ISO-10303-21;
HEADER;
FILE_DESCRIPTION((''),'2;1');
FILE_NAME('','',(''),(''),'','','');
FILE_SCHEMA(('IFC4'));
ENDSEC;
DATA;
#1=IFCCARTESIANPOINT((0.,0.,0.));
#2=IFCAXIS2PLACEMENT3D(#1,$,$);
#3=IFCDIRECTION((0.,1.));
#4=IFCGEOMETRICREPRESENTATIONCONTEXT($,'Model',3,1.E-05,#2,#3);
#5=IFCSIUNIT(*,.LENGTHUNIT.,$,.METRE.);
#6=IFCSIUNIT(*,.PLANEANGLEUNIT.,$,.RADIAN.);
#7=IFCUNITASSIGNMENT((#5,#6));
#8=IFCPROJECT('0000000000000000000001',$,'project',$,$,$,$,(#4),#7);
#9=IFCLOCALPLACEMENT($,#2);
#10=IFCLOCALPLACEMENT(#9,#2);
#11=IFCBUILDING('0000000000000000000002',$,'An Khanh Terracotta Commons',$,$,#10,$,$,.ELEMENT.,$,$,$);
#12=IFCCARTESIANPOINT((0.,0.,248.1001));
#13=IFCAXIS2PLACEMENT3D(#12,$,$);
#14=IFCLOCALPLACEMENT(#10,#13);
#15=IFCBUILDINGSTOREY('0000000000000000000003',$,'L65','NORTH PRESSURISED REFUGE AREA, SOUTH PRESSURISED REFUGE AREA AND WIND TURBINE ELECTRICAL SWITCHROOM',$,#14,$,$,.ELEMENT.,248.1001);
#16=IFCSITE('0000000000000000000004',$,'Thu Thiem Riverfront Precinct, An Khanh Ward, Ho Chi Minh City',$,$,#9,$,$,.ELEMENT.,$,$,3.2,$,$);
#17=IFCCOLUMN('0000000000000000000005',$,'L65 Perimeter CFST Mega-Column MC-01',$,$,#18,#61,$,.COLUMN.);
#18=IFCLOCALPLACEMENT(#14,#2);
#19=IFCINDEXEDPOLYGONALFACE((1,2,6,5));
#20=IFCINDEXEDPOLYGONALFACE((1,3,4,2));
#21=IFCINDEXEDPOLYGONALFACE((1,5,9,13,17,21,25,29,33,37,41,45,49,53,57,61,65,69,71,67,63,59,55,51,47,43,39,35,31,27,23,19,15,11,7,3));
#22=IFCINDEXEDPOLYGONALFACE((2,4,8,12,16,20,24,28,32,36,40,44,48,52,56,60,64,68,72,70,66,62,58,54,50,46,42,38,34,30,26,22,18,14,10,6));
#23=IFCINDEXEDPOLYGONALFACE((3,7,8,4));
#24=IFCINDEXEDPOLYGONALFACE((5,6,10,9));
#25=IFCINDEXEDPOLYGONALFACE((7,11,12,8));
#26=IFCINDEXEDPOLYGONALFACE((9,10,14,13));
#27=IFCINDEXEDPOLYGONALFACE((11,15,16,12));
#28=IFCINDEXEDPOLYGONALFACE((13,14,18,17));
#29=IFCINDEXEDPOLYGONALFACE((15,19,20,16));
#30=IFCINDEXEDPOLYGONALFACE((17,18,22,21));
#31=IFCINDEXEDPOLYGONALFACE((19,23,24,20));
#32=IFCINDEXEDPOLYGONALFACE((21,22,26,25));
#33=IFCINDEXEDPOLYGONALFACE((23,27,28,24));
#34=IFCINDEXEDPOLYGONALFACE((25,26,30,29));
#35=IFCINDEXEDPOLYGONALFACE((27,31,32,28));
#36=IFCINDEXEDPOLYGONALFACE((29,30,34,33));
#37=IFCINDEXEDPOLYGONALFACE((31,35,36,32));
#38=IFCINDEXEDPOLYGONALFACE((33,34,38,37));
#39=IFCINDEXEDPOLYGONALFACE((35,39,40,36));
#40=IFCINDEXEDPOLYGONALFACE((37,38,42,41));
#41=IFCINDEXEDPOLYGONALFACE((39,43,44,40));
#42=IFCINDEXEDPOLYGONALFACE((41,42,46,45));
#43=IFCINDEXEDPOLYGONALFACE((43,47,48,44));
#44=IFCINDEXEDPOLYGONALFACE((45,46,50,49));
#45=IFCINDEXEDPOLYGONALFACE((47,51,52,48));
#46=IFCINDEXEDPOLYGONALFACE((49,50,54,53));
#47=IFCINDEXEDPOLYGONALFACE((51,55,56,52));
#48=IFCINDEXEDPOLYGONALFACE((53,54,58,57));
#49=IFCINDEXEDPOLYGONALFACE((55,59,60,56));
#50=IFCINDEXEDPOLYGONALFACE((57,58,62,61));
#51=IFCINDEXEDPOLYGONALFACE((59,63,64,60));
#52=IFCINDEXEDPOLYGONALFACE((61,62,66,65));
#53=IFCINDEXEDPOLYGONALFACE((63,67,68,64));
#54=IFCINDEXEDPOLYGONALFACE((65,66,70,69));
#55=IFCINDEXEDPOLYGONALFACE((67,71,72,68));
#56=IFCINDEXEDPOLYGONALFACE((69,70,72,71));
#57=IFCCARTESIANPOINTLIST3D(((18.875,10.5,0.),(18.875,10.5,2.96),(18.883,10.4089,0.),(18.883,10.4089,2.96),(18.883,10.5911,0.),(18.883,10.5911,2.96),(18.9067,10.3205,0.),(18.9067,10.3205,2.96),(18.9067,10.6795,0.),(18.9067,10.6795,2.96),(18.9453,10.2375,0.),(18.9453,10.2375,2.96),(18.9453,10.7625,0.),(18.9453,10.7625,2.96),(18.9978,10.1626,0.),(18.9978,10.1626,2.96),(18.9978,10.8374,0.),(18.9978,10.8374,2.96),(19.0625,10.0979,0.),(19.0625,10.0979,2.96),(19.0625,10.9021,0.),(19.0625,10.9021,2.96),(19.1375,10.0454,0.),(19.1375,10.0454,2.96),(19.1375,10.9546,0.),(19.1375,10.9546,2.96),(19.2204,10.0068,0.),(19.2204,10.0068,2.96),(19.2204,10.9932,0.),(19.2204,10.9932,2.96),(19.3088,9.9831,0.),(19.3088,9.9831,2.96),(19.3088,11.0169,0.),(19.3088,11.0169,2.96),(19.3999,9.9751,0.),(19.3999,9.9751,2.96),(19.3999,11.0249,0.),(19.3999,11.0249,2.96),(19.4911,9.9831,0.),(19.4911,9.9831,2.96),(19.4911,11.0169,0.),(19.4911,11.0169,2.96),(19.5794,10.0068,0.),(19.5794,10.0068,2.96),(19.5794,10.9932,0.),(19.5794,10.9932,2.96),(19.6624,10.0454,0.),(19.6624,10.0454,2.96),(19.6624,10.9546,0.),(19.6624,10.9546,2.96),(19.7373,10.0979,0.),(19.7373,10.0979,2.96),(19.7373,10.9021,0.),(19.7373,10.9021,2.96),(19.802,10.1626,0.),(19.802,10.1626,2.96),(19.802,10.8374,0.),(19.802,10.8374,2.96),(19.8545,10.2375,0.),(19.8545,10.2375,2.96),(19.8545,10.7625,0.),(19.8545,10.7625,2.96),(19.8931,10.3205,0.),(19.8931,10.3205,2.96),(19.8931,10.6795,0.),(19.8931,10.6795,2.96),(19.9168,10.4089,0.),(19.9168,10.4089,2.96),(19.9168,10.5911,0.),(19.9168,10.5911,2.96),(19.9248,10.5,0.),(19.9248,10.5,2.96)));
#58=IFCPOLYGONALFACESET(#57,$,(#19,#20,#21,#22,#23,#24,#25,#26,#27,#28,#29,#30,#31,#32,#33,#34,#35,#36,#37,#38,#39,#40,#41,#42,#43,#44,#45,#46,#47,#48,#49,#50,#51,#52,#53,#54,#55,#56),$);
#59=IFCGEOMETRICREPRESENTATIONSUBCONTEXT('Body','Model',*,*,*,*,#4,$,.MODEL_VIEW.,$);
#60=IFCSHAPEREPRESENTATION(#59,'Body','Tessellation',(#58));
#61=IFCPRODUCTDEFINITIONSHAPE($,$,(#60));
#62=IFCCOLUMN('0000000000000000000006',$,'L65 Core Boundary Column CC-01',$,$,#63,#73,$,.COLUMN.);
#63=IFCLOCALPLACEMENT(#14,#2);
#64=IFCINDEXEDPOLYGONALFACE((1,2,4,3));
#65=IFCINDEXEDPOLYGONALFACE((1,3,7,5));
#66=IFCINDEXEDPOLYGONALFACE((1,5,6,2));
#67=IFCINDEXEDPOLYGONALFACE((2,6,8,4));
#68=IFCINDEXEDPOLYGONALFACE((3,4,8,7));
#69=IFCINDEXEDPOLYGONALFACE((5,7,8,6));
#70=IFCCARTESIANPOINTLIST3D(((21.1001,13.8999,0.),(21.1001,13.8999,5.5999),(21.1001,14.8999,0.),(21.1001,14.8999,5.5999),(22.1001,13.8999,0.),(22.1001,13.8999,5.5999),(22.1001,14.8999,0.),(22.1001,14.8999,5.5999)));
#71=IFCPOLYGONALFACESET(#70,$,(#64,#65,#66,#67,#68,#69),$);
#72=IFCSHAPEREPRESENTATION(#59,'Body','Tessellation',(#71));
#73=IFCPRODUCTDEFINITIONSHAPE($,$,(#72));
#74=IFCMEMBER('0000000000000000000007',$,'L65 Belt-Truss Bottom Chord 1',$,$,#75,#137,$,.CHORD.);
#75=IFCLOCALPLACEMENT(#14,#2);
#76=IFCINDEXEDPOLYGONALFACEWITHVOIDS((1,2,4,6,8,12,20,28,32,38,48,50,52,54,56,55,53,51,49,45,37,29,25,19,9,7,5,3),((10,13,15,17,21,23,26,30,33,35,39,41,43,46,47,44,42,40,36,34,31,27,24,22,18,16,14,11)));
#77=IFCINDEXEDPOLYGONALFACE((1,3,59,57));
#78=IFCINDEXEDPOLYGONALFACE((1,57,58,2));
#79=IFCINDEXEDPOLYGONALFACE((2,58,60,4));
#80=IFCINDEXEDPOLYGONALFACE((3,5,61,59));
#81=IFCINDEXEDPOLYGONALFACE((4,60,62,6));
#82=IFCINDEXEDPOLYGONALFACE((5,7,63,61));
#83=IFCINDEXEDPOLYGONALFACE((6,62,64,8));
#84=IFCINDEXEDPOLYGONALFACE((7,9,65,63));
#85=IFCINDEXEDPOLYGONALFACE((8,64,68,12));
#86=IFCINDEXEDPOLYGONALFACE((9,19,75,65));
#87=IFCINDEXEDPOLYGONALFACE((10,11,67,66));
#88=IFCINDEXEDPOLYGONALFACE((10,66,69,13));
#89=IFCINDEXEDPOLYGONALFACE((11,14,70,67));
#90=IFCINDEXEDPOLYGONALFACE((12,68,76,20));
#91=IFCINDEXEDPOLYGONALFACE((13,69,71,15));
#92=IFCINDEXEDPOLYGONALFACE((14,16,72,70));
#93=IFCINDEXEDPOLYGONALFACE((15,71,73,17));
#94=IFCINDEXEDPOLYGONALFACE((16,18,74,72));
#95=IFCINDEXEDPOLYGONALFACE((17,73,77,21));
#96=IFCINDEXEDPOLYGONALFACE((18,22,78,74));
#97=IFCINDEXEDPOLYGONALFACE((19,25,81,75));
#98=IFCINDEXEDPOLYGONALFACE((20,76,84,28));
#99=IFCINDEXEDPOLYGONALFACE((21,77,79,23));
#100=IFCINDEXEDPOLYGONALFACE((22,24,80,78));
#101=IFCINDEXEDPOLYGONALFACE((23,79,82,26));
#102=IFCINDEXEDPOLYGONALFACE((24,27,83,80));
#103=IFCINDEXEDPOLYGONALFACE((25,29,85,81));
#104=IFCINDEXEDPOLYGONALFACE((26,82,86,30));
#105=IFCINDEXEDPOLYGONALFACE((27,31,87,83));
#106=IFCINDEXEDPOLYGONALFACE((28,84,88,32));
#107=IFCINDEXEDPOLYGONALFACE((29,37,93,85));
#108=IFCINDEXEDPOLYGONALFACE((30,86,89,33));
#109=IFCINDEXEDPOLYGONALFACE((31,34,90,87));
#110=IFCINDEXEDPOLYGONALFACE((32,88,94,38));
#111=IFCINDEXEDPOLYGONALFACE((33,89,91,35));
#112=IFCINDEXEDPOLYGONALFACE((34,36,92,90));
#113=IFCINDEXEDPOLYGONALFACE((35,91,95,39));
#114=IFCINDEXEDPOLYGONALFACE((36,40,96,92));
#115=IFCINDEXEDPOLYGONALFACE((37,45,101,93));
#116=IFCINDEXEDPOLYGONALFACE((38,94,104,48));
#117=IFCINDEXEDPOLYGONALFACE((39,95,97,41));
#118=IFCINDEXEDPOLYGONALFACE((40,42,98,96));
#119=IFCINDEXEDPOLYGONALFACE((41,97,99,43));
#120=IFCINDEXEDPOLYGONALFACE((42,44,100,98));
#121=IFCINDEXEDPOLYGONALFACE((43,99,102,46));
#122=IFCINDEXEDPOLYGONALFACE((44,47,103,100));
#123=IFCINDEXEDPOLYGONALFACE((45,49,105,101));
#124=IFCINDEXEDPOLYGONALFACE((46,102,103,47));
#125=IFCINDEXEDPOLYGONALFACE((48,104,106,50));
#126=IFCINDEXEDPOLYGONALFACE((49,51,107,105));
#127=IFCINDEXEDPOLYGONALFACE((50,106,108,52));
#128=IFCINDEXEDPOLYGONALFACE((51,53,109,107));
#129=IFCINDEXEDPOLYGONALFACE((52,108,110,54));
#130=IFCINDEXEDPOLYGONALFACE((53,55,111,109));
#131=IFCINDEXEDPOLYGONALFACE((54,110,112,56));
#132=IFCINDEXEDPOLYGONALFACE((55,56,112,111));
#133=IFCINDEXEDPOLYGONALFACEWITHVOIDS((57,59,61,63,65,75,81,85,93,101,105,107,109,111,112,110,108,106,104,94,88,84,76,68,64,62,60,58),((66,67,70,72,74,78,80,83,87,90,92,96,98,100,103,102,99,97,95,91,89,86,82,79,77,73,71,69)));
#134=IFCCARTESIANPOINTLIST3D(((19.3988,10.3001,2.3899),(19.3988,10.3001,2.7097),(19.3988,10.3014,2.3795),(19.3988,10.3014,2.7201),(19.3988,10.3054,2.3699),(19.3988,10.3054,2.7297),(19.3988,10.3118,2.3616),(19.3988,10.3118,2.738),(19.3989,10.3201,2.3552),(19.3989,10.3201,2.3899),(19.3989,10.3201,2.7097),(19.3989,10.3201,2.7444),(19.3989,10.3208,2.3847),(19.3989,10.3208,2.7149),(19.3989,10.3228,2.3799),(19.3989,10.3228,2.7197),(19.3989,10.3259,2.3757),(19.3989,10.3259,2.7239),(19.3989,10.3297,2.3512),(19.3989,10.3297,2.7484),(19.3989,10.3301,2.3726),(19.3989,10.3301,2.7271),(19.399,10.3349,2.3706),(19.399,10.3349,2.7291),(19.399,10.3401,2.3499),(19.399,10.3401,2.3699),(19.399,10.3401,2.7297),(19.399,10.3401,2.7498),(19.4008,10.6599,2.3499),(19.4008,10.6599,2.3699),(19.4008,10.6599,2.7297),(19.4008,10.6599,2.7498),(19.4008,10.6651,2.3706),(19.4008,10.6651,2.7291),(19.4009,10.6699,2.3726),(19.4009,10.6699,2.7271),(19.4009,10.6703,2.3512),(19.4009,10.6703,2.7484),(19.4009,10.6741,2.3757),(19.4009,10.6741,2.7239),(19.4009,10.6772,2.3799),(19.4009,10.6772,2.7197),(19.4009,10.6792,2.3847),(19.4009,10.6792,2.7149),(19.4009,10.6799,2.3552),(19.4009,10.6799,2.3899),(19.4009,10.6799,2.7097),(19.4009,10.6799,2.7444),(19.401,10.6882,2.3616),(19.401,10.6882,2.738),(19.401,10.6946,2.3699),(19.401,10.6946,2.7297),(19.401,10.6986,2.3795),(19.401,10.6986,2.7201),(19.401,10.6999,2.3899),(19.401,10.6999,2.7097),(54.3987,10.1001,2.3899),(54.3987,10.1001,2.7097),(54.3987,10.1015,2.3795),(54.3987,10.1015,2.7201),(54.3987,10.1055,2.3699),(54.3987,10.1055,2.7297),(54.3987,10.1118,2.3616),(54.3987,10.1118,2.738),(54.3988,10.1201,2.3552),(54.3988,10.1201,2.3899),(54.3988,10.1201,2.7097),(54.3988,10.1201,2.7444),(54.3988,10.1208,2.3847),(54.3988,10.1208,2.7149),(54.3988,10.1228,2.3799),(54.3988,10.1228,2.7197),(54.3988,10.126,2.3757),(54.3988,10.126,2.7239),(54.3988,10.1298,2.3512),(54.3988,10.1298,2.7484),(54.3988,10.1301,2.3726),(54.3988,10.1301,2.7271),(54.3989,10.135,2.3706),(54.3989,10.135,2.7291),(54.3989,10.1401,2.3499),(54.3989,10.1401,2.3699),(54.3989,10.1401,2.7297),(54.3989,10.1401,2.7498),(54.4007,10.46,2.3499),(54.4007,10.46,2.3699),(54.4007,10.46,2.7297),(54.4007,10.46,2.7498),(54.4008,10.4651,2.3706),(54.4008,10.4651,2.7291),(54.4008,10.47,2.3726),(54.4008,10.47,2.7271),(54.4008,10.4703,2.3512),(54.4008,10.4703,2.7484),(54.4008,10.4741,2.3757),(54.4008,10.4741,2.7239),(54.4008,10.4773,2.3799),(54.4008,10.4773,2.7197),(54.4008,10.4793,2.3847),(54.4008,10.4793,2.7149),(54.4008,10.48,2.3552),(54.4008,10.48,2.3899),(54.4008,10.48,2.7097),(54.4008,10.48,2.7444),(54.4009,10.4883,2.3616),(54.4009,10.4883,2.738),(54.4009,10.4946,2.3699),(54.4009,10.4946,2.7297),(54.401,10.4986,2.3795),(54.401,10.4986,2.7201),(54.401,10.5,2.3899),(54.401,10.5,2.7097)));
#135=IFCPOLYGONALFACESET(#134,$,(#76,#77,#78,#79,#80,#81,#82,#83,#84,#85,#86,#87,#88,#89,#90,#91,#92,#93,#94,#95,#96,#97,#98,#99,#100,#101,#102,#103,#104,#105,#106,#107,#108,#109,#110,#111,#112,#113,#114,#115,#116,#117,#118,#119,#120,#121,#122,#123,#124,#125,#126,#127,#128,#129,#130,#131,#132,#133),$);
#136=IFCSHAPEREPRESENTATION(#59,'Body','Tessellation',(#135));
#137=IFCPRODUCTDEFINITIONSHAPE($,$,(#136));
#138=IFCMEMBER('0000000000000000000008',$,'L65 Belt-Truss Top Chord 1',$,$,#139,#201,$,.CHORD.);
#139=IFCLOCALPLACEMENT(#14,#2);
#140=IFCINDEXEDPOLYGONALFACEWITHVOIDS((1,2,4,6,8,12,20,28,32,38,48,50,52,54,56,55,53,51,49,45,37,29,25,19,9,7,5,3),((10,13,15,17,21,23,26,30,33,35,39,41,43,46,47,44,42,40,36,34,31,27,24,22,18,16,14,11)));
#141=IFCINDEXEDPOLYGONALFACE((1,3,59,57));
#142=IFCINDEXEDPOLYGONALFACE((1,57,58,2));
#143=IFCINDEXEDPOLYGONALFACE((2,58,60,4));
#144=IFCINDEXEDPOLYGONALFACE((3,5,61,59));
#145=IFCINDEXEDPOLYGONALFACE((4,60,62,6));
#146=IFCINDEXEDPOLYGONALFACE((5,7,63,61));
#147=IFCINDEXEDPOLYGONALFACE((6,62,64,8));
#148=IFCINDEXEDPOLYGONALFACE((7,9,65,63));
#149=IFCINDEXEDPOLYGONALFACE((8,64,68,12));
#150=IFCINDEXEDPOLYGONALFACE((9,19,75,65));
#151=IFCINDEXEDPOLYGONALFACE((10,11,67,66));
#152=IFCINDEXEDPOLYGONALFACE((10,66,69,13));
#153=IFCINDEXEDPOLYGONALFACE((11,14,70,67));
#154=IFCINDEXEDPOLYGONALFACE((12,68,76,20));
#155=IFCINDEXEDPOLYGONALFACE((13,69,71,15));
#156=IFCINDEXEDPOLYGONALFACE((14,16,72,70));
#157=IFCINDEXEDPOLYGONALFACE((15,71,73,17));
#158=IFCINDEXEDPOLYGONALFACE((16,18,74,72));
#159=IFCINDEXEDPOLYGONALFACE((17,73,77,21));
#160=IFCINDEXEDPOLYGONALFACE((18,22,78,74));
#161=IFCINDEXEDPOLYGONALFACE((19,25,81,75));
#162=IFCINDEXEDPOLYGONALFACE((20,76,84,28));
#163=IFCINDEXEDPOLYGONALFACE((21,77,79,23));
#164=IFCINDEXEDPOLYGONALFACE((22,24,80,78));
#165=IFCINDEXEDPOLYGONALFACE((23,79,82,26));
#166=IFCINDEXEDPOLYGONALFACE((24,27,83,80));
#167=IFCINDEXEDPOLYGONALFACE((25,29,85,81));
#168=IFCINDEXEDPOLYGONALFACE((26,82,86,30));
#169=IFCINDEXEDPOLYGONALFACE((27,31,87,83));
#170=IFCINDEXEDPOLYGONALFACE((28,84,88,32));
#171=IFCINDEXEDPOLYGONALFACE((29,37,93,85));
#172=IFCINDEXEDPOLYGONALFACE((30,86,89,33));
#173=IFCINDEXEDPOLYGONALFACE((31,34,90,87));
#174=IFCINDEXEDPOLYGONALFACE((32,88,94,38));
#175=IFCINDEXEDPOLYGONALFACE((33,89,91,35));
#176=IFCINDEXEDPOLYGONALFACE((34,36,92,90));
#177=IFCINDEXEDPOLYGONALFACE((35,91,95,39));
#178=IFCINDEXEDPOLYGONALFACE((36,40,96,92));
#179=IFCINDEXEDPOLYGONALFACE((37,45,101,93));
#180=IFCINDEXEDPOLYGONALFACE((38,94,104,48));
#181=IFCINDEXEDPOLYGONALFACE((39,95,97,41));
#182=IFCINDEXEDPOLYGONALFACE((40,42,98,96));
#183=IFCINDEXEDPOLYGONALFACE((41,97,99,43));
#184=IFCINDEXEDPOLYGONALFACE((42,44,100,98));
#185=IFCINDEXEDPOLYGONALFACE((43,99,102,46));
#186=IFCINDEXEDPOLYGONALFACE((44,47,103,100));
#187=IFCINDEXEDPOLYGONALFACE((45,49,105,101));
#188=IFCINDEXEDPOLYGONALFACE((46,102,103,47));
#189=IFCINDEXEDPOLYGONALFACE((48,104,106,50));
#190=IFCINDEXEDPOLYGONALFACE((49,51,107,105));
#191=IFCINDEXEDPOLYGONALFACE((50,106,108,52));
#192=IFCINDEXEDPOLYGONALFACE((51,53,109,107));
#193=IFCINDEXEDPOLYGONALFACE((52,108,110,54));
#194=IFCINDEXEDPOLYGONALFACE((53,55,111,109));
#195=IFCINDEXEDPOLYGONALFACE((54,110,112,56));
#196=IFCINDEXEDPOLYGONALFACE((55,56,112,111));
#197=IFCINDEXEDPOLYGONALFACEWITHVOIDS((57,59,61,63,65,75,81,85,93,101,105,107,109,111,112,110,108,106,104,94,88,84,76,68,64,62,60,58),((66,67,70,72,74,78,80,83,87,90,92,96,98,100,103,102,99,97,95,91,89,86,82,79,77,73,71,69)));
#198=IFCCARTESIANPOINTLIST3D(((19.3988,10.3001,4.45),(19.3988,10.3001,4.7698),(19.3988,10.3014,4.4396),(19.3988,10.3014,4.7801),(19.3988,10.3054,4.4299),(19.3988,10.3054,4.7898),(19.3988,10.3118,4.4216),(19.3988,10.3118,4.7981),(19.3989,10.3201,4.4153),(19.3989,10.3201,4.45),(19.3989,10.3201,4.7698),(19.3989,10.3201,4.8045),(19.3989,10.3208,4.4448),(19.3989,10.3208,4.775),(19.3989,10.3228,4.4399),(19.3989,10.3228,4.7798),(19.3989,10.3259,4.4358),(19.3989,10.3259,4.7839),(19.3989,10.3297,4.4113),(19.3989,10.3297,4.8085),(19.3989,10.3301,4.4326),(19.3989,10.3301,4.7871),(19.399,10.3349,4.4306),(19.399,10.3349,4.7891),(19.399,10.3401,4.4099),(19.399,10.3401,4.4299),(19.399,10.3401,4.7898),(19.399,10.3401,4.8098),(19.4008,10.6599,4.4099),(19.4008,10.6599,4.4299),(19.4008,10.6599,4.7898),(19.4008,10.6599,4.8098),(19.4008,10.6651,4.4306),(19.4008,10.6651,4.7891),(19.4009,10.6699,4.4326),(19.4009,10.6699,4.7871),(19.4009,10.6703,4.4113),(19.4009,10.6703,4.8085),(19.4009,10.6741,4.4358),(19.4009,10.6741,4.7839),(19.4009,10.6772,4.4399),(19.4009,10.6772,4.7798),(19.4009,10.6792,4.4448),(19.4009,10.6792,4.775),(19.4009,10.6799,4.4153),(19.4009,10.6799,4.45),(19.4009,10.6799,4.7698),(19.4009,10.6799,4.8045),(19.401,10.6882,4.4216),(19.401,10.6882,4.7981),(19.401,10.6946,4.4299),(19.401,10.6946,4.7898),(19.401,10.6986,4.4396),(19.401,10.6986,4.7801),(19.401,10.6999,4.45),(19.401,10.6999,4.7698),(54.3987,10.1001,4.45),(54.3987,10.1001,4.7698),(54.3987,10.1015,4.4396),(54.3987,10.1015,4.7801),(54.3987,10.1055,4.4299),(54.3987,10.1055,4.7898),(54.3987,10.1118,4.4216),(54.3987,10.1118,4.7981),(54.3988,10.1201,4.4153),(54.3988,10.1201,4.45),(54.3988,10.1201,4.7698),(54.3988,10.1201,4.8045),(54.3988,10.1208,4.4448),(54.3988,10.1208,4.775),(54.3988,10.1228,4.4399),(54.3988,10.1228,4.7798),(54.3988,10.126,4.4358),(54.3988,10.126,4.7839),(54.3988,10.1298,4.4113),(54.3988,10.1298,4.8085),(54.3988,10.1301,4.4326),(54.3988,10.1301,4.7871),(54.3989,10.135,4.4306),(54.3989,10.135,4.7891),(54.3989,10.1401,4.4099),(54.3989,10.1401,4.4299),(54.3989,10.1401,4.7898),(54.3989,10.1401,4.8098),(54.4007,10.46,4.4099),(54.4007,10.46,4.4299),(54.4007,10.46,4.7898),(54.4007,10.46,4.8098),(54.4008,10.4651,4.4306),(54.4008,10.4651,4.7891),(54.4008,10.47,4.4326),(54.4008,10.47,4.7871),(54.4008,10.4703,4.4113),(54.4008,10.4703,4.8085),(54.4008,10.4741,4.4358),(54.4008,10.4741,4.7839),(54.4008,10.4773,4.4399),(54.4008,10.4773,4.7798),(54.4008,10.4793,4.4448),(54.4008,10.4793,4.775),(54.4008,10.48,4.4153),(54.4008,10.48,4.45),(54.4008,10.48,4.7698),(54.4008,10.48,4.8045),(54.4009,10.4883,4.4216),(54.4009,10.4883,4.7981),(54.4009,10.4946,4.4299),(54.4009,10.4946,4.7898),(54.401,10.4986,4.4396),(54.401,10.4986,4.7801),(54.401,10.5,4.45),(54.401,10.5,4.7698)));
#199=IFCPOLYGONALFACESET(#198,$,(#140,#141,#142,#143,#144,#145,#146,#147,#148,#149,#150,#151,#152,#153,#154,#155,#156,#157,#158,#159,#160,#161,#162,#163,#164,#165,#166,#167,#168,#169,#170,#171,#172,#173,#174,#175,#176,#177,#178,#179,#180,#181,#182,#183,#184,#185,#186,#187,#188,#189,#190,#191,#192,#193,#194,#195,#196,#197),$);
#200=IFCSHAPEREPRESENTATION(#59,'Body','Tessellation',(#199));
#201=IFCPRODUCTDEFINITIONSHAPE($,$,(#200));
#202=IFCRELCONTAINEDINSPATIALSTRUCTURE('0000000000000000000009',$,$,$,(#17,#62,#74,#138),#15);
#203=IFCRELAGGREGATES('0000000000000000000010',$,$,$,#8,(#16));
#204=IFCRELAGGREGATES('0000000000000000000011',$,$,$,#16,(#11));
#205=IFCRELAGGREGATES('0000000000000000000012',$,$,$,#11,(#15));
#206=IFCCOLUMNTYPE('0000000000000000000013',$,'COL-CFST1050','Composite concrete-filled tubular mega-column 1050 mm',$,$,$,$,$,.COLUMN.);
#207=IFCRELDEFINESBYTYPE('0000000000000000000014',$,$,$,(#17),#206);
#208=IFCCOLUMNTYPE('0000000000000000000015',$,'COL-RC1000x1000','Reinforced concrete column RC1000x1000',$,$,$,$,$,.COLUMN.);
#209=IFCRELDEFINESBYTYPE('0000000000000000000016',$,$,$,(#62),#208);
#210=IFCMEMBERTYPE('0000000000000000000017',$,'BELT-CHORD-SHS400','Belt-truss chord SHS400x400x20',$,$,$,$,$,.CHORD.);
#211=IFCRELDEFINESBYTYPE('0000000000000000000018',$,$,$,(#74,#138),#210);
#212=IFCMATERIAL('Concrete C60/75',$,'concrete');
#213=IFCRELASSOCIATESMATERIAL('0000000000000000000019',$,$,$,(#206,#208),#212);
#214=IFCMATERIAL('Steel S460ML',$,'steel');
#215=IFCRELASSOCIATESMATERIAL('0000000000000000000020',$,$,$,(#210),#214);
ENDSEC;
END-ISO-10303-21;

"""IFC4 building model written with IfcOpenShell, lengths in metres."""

from ifc_helpers import new_model, si_unit, direction, frame, origin, origin_2d, place, context, subcontext, project, spatial, rectangle, hollow_rectangle, circle, extrude, material, material_profile, profile_set, type_object, element, save


model = new_model("IFC4")

# Units and contexts
model_context = context("Model", 3, precision=1e-05, world=origin(), true_north=direction((0.0, 1.0)))
body_context = subcontext(model_context, "Body", "Model", "MODEL_VIEW")
ifc_project = project(units=[si_unit("LENGTHUNIT", "METRE"), si_unit("PLANEANGLEUNIT", "RADIAN")], contexts=[model_context])

# Site, building, storey
site_placement = place(None, origin())
site = spatial("IfcSite", under=ifc_project, at=site_placement, Name="Thu Thiem Riverfront Precinct, An Khanh Ward, Ho Chi Minh City", CompositionType="ELEMENT", RefElevation=3.2)
building_placement = place(site_placement, origin())
building = spatial("IfcBuilding", under=site, at=building_placement, Name="An Khanh Terracotta Commons", CompositionType="ELEMENT")
storey_placement = place(building_placement, frame((0.0, 0.0, 248.1001)))
storey = spatial("IfcBuildingStorey", under=building, at=storey_placement, Name="L65", Description="NORTH PRESSURISED REFUGE AREA, SOUTH PRESSURISED REFUGE AREA AND WIND TURBINE ELECTRICAL SWITCHROOM", CompositionType="ELEMENT", Elevation=248.1001)

# Columns
ifc_material_1 = material(Name="Concrete C60/75", Category="concrete")
ifc_material_profile_1 = material_profile(ifc_material_1, circle(Radius=0.5249, at=origin_2d()), Name="CFST1050")
ifc_profile_set_1 = profile_set([ifc_material_profile_1], Name="Concrete C60/75")
column_type_1 = type_object("IfcColumnType", Name="COL-CFST1050", Description="Composite concrete-filled tubular mega-column 1050 mm", PredefinedType="COLUMN", material=ifc_profile_set_1)
column_1_placement = place(storey_placement, frame((19.3999, 10.5, 0.0), z_axis=(0.0, 0.0, 1.0), x_axis=(1.0, 0.0, 0.0)))
element("IfcColumn", 1, at=column_1_placement, inside=storey, type_object=column_type_1, Name="L65 Perimeter CFST Mega-Column MC-01", PredefinedType="COLUMN", context=body_context, shape_type="SweptSolid", body=[
    extrude(circle(Radius=0.5249, at=origin_2d()), origin(), (0.0, 0.0, 1.0), 2.96),
])
ifc_material_profile_2 = material_profile(ifc_material_1, rectangle(XDim=1.0, YDim=1.0, at=origin_2d()), Name="RC1000x1000")
ifc_profile_set_2 = profile_set([ifc_material_profile_2], Name="Concrete C60/75")
column_type_2 = type_object("IfcColumnType", Name="COL-RC1000x1000", Description="Reinforced concrete column RC1000x1000", PredefinedType="COLUMN", material=ifc_profile_set_2)
column_2_placement = place(storey_placement, frame((21.6001, 14.3999, 0.0), z_axis=(0.0, 0.0, 1.0), x_axis=(1.0, 0.0, 0.0)))
element("IfcColumn", 2, at=column_2_placement, inside=storey, type_object=column_type_2, Name="L65 Core Boundary Column CC-01", PredefinedType="COLUMN", context=body_context, shape_type="SweptSolid", body=[
    extrude(rectangle(XDim=1.0, YDim=1.0, at=origin_2d()), origin(), (0.0, 0.0, 1.0), 5.5999),
])

# Members
ifc_material_2 = material(Name="Steel S460ML", Category="steel")
ifc_material_profile_3 = material_profile(ifc_material_2, hollow_rectangle(XDim=0.3999, YDim=0.3999, WallThickness=0.02, InnerFilletRadius=0.02, OuterFilletRadius=0.04, at=origin_2d()), Name="SHS400x400x20")
ifc_profile_set_3 = profile_set([ifc_material_profile_3], Name="Steel S460ML")
member_type_1 = type_object("IfcMemberType", Name="BELT-CHORD-SHS400", Description="Belt-truss chord SHS400x400x20", PredefinedType="CHORD", material=ifc_profile_set_3)
for number, where, z_axis, x_axis, name in (
    (3, (19.3999, 10.5, 2.5498), (0.999984, -0.005713, 0.0), (0.005713, 0.999984, 0.0), "L65 Belt-Truss Bottom Chord 1"),
    (4, (19.3999, 10.5, 4.6099), (0.999984, -0.005713, 0.0), (0.005713, 0.999984, 0.0), "L65 Belt-Truss Top Chord 1"),
):
    element("IfcMember", number, at=place(storey_placement, frame(where, z_axis=z_axis, x_axis=x_axis)), inside=storey, type_object=member_type_1, Name=name, PredefinedType="CHORD", context=body_context, shape_type="SweptSolid", body=[
        extrude(hollow_rectangle(XDim=0.3999, YDim=0.3999, WallThickness=0.02, InnerFilletRadius=0.02, OuterFilletRadius=0.04, at=origin_2d()), origin(), (0.0, 0.0, 1.0), 35.0005),
    ])

save(model, "model.ifc")
